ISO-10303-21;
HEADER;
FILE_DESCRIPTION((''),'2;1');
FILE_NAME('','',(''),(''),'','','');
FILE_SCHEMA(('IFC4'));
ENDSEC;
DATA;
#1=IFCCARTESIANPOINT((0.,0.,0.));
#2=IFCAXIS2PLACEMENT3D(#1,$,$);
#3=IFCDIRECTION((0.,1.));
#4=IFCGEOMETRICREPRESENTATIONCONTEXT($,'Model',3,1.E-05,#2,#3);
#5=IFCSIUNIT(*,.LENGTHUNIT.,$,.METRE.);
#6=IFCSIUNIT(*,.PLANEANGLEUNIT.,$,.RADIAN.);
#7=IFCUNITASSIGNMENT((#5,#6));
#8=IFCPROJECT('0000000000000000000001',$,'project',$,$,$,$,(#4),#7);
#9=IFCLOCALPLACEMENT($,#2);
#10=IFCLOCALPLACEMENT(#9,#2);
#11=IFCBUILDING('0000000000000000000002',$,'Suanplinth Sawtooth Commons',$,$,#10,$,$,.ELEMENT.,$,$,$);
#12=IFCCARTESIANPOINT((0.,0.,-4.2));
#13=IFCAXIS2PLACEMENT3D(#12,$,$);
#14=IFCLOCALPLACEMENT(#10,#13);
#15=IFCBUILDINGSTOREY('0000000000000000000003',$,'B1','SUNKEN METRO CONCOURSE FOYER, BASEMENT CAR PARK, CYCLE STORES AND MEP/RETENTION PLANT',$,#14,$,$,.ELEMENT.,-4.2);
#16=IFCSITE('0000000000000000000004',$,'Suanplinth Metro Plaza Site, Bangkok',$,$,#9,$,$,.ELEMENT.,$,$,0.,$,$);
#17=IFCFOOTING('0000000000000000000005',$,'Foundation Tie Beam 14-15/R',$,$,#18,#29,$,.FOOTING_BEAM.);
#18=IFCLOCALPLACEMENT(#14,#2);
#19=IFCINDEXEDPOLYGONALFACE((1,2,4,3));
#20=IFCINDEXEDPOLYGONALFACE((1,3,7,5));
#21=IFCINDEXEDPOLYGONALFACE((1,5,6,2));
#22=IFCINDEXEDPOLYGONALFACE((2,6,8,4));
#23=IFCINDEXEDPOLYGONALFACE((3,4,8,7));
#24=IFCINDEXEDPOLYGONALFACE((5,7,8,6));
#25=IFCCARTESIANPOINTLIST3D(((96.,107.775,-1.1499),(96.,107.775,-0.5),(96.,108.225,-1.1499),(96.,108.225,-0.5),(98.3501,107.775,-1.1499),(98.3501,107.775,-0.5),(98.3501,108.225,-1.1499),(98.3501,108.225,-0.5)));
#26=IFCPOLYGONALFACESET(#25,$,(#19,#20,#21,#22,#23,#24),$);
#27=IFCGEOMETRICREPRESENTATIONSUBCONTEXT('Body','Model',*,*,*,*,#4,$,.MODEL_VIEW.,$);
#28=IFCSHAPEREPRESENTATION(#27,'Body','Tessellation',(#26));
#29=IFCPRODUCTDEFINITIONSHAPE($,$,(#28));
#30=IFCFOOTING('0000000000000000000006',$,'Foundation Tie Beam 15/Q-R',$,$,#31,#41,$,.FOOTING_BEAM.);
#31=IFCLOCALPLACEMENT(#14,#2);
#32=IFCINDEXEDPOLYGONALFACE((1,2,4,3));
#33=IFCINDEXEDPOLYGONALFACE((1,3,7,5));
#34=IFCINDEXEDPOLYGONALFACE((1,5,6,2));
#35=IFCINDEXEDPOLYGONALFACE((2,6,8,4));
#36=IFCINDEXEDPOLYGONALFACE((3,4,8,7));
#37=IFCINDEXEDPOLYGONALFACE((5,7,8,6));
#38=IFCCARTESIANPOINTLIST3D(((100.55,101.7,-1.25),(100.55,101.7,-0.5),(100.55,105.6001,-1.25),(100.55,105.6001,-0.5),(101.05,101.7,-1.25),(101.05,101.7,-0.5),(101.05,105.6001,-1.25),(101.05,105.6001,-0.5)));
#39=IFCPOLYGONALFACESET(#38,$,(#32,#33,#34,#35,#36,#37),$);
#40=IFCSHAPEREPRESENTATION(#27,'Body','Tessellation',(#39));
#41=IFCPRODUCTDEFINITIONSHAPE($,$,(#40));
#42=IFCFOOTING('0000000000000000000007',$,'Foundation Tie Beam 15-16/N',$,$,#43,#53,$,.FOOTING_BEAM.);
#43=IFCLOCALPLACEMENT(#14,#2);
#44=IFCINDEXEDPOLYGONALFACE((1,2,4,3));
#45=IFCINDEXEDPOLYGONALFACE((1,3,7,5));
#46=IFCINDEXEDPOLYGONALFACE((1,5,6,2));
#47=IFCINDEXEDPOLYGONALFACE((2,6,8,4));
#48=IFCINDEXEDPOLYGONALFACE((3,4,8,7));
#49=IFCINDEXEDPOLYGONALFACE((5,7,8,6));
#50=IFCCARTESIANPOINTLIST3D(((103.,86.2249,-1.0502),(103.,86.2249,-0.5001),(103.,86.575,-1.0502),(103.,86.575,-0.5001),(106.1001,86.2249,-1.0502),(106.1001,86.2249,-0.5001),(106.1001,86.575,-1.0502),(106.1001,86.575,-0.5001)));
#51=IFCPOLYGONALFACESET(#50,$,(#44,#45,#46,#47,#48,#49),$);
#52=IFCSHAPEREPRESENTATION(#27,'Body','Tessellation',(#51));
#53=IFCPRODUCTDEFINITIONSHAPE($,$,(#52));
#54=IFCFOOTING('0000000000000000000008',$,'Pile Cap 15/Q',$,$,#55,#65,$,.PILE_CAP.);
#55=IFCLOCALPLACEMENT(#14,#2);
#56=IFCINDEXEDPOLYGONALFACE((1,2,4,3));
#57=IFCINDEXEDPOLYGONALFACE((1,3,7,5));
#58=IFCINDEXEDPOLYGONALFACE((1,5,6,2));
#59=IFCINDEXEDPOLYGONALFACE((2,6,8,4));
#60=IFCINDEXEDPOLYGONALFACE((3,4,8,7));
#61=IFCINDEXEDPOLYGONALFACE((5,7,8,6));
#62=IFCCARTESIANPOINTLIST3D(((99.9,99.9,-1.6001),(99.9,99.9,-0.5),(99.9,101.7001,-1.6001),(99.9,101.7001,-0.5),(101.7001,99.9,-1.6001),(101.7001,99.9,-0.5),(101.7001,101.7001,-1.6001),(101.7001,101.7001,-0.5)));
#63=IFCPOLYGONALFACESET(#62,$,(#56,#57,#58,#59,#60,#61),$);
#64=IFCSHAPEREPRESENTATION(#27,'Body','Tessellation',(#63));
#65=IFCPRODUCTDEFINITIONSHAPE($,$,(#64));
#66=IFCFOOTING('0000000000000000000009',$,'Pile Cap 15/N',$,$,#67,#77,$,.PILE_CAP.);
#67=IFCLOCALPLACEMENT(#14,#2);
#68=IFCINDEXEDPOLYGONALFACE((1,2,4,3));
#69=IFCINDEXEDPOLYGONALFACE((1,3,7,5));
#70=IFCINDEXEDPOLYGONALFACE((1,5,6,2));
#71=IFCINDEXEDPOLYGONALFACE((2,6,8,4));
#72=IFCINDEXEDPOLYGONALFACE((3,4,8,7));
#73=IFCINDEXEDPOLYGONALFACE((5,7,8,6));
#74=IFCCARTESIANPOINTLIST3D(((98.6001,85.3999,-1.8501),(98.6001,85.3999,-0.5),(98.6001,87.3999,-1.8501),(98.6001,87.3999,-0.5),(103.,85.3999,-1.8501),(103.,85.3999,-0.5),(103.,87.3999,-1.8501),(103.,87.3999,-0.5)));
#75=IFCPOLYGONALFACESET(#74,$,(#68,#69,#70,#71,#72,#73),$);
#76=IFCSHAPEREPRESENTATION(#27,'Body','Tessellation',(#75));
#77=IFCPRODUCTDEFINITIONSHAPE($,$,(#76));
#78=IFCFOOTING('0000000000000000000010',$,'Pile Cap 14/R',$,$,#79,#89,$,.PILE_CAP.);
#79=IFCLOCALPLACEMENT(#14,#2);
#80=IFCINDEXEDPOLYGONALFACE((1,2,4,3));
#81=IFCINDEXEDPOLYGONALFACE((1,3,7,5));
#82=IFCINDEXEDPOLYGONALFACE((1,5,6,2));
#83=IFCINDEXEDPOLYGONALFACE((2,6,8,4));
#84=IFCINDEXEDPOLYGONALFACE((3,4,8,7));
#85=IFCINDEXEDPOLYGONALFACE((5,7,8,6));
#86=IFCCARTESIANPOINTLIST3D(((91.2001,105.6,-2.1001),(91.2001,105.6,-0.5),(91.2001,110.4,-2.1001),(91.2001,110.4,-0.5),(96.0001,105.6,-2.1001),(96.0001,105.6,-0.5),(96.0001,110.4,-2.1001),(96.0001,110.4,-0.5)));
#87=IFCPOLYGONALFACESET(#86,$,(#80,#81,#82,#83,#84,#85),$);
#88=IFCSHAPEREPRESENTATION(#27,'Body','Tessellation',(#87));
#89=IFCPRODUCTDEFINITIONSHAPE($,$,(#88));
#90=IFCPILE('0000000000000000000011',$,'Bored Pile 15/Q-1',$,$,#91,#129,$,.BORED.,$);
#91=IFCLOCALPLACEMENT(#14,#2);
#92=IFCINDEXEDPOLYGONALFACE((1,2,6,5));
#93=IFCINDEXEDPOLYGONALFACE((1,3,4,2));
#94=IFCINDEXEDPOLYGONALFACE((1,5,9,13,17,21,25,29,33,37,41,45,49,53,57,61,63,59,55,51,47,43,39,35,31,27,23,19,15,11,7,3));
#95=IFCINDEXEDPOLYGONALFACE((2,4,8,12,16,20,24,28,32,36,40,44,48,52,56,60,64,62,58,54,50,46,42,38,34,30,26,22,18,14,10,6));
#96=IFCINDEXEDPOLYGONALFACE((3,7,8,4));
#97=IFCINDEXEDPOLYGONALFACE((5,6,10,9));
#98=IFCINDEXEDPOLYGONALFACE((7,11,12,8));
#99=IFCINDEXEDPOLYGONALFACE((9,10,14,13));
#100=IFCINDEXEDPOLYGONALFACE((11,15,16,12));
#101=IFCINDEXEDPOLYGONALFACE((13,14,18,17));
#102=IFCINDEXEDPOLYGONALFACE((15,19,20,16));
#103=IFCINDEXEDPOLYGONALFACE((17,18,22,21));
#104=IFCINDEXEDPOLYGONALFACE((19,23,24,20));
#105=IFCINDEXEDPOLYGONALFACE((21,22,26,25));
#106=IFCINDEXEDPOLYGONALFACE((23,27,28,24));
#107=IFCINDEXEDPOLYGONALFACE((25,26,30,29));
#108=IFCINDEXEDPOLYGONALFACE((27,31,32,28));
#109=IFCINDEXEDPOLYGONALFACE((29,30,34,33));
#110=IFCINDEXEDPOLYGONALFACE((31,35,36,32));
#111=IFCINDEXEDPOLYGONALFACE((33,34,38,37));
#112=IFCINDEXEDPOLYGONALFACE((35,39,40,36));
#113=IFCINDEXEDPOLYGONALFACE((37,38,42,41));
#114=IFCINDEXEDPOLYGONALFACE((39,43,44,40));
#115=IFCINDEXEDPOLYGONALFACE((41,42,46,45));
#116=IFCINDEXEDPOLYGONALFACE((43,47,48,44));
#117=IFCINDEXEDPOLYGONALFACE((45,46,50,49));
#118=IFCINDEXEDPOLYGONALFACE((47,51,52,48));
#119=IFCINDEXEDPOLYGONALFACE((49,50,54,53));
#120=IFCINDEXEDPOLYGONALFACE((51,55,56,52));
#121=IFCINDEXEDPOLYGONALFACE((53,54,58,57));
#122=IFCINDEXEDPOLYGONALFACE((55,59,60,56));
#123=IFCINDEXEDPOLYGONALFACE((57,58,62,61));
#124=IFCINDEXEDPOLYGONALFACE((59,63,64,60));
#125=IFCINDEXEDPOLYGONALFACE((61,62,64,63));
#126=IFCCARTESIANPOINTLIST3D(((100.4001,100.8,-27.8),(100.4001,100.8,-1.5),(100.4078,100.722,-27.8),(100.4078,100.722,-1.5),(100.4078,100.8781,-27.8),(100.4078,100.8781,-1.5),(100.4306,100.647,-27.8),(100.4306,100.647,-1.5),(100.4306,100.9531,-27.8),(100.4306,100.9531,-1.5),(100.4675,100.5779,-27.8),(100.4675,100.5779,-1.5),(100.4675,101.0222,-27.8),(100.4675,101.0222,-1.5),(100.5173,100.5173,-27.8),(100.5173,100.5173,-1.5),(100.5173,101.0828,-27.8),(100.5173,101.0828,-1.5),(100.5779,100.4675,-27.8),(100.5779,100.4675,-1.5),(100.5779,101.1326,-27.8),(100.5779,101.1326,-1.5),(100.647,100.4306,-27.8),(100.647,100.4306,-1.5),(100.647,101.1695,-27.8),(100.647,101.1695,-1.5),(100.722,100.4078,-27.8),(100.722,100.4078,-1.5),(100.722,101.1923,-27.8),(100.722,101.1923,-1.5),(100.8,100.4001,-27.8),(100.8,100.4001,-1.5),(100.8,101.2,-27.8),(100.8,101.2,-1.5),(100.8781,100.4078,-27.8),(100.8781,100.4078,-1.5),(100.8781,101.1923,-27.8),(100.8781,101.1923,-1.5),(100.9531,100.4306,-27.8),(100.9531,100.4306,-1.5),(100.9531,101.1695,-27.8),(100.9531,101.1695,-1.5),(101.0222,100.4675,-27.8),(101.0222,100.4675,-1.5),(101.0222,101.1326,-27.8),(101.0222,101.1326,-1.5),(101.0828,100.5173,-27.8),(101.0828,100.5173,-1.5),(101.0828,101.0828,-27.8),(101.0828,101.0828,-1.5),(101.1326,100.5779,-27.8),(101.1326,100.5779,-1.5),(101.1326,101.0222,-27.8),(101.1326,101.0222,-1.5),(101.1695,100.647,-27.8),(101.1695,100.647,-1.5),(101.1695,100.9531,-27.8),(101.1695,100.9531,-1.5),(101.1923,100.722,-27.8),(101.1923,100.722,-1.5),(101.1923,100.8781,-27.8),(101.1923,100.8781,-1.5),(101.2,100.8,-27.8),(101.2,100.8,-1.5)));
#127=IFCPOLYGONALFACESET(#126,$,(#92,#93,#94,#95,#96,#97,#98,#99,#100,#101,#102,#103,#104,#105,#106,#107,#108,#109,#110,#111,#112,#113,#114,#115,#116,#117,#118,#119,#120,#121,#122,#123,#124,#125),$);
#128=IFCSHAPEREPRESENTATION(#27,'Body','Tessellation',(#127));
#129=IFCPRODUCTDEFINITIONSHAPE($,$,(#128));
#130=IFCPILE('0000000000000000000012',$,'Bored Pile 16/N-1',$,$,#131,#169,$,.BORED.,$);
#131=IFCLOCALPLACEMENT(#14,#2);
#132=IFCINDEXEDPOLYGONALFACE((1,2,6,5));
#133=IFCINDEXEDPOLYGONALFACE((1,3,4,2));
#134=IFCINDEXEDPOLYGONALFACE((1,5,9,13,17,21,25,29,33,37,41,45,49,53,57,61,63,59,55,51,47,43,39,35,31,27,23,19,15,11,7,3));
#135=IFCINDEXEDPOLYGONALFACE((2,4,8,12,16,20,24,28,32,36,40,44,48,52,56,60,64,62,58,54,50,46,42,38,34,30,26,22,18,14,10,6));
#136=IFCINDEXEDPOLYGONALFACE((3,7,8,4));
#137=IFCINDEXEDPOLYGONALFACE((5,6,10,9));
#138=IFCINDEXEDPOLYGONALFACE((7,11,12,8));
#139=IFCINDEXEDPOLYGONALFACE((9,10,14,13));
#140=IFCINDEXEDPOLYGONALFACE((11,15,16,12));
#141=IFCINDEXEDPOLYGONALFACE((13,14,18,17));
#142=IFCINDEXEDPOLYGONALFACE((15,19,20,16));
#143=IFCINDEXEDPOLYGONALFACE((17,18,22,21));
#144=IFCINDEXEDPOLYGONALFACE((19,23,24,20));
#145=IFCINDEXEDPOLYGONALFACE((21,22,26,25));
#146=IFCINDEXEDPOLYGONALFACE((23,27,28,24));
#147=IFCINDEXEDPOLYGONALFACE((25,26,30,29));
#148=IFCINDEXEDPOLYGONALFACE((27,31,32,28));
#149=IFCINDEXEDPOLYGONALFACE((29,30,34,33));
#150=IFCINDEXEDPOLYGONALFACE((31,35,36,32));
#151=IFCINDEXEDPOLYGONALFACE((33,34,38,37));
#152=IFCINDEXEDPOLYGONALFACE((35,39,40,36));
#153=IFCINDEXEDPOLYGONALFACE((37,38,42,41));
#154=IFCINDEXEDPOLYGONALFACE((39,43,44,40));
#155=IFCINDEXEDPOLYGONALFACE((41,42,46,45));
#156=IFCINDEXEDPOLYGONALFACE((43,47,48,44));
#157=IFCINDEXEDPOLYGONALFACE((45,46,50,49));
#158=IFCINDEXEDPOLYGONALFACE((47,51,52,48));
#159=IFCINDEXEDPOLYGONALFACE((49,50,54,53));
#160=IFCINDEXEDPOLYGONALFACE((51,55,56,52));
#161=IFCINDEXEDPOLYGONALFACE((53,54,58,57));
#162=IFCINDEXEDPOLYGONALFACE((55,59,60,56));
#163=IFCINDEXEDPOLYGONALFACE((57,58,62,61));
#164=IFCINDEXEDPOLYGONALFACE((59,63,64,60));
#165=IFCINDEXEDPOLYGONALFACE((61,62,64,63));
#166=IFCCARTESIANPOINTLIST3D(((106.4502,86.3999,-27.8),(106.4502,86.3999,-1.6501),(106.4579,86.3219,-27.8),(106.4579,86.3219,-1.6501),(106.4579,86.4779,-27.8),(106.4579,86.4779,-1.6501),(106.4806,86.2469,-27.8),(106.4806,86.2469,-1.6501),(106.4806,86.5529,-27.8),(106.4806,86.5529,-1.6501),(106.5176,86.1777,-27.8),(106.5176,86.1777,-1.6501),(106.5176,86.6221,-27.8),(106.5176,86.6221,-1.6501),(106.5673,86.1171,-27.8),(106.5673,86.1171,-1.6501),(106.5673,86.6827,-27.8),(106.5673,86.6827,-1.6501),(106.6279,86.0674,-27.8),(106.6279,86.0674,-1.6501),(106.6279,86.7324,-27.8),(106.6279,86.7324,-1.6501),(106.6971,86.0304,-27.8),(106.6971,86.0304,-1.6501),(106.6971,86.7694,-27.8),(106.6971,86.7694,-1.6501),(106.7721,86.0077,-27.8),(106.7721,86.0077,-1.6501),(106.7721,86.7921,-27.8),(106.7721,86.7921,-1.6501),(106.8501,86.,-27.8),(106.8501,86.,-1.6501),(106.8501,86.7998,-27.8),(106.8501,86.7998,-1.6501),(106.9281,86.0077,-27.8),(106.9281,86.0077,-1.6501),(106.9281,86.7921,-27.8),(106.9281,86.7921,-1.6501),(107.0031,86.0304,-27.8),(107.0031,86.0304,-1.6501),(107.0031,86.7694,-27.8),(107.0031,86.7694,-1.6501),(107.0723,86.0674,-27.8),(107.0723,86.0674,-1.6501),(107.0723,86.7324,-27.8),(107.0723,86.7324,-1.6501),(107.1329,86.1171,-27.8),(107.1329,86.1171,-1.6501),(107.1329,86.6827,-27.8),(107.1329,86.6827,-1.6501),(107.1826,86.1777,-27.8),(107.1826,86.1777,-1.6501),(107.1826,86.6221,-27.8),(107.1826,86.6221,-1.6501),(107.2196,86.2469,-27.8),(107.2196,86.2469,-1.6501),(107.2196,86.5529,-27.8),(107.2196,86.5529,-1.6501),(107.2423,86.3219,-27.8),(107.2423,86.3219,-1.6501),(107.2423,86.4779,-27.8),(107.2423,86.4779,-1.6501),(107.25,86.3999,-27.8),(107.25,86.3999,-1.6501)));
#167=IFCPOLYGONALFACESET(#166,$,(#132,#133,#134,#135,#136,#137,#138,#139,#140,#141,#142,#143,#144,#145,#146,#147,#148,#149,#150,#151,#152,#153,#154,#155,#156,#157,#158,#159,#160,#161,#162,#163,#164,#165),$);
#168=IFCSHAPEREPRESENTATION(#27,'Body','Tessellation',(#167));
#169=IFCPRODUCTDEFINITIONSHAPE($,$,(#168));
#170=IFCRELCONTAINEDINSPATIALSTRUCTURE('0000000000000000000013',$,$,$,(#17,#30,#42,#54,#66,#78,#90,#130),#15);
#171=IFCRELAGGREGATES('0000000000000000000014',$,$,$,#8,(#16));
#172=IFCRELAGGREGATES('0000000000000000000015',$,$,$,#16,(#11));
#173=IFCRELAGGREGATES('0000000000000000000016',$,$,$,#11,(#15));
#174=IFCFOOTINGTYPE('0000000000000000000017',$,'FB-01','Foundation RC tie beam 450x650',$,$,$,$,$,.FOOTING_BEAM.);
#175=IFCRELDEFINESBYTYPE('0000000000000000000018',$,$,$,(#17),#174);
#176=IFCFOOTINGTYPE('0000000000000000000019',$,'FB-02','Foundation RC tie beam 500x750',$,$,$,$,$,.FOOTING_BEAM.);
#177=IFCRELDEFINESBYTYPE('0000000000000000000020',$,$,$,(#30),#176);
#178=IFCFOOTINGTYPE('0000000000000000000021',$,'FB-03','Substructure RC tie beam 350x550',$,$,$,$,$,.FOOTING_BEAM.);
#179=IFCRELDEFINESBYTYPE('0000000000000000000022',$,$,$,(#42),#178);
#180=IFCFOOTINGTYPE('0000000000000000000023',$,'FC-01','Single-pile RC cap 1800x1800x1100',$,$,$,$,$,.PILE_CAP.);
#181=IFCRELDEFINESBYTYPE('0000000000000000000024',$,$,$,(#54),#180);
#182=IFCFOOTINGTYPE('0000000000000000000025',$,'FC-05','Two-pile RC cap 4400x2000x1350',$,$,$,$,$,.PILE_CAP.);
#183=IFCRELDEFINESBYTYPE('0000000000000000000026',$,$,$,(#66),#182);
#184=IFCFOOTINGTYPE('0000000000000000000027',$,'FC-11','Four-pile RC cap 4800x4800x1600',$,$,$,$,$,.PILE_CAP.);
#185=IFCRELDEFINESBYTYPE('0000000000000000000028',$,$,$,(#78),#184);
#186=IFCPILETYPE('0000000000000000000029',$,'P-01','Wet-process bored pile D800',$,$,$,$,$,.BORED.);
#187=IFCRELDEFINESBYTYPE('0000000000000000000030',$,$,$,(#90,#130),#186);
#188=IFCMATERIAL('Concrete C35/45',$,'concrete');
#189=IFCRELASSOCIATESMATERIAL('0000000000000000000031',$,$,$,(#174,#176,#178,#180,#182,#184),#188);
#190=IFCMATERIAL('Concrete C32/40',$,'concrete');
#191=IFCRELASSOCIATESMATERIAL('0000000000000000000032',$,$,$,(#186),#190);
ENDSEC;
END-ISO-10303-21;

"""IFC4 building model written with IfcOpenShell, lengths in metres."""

from ifc_helpers import new_model, si_unit, direction, frame, origin, origin_2d, place, context, subcontext, project, spatial, rectangle, circle, extrude, material, material_profile, profile_set, type_object, element, save


model = new_model("IFC4")

# Units and contexts
model_context = context("Model", 3, precision=1e-05, world=origin(), true_north=direction((0.0, 1.0)))
body_context = subcontext(model_context, "Body", "Model", "MODEL_VIEW")
ifc_project = project(units=[si_unit("LENGTHUNIT", "METRE"), si_unit("PLANEANGLEUNIT", "RADIAN")], contexts=[model_context])

# Site, building, storey
site_placement = place(None, origin())
site = spatial("IfcSite", under=ifc_project, at=site_placement, Name="Suanplinth Metro Plaza Site, Bangkok", CompositionType="ELEMENT", RefElevation=0.0)
building_placement = place(site_placement, origin())
building = spatial("IfcBuilding", under=site, at=building_placement, Name="Suanplinth Sawtooth Commons", CompositionType="ELEMENT")
storey_placement = place(building_placement, frame((0.0, 0.0, -4.2)))
storey = spatial("IfcBuildingStorey", under=building, at=storey_placement, Name="B1", Description="SUNKEN METRO CONCOURSE FOYER, BASEMENT CAR PARK, CYCLE STORES AND MEP/RETENTION PLANT", CompositionType="ELEMENT", Elevation=-4.2)

# Footings
ifc_material_1 = material(Name="Concrete C35/45", Category="concrete")
ifc_material_profile_1 = material_profile(ifc_material_1, rectangle(XDim=0.45, YDim=0.6499, at=origin_2d()), Name="PC-GDR 450x650")
ifc_profile_set_1 = profile_set([ifc_material_profile_1], Name="Concrete C35/45")
footing_type_1 = type_object("IfcFootingType", Name="FB-01", Description="Foundation RC tie beam 450x650", PredefinedType="FOOTING_BEAM", material=ifc_profile_set_1)
footing_1_placement = place(storey_placement, frame((96.0, 108.0, -0.825), z_axis=(1.0, 0.0, 0.0), x_axis=(0.0, 1.0, 0.0)))
element("IfcFooting", 1, at=footing_1_placement, inside=storey, type_object=footing_type_1, Name="Foundation Tie Beam 14-15/R", PredefinedType="FOOTING_BEAM", context=body_context, shape_type="SweptSolid", body=[
    extrude(rectangle(XDim=0.45, YDim=0.6499, at=origin_2d()), origin(), (0.0, 0.0, 1.0), 2.3501),
])
ifc_material_profile_2 = material_profile(ifc_material_1, rectangle(XDim=0.5, YDim=0.75, at=origin_2d()), Name="RC-GDR 500x750")
ifc_profile_set_2 = profile_set([ifc_material_profile_2], Name="Concrete C35/45")
footing_type_2 = type_object("IfcFootingType", Name="FB-02", Description="Foundation RC tie beam 500x750", PredefinedType="FOOTING_BEAM", material=ifc_profile_set_2)
footing_2_placement = place(storey_placement, frame((100.8, 101.7, -0.875), z_axis=(0.0, 1.0, 0.0), x_axis=(-1.0, 0.0, 0.0)))
element("IfcFooting", 2, at=footing_2_placement, inside=storey, type_object=footing_type_2, Name="Foundation Tie Beam 15/Q-R", PredefinedType="FOOTING_BEAM", context=body_context, shape_type="SweptSolid", body=[
    extrude(rectangle(XDim=0.5, YDim=0.75, at=origin_2d()), origin(), (0.0, 0.0, 1.0), 3.9001),
])
ifc_material_profile_3 = material_profile(ifc_material_1, rectangle(XDim=0.3501, YDim=0.55, at=origin_2d()), Name="PC-BM 350x550")
ifc_profile_set_3 = profile_set([ifc_material_profile_3], Name="Concrete C35/45")
footing_type_3 = type_object("IfcFootingType", Name="FB-03", Description="Substructure RC tie beam 350x550", PredefinedType="FOOTING_BEAM", material=ifc_profile_set_3)
footing_3_placement = place(storey_placement, frame((103.0, 86.3999, -0.7751), z_axis=(1.0, 0.0, 0.0), x_axis=(0.0, 1.0, 0.0)))
element("IfcFooting", 3, at=footing_3_placement, inside=storey, type_object=footing_type_3, Name="Foundation Tie Beam 15-16/N", PredefinedType="FOOTING_BEAM", context=body_context, shape_type="SweptSolid", body=[
    extrude(rectangle(XDim=0.3501, YDim=0.55, at=origin_2d()), origin(), (0.0, 0.0, 1.0), 3.1001),
])
footing_type_4 = type_object("IfcFootingType", Name="FC-01", Description="Single-pile RC cap 1800x1800x1100", PredefinedType="PILE_CAP", material=ifc_material_1)
footing_4_placement = place(storey_placement, frame((100.8, 100.8, -1.6001), z_axis=(0.0, 0.0, 1.0), x_axis=(1.0, 0.0, 0.0)))
element("IfcFooting", 4, at=footing_4_placement, inside=storey, type_object=footing_type_4, Name="Pile Cap 15/Q", PredefinedType="PILE_CAP", context=body_context, shape_type="SweptSolid", body=[
    extrude(rectangle(XDim=1.8, YDim=1.8, at=origin_2d()), origin(), (0.0, 0.0, 1.0), 1.1001),
])
footing_type_5 = type_object("IfcFootingType", Name="FC-05", Description="Two-pile RC cap 4400x2000x1350", PredefinedType="PILE_CAP", material=ifc_material_1)
footing_5_placement = place(storey_placement, frame((100.8, 86.3999, -1.8501), z_axis=(0.0, 0.0, 1.0), x_axis=(1.0, 0.0, 0.0)))
element("IfcFooting", 5, at=footing_5_placement, inside=storey, type_object=footing_type_5, Name="Pile Cap 15/N", PredefinedType="PILE_CAP", context=body_context, shape_type="SweptSolid", body=[
    extrude(rectangle(XDim=4.3999, YDim=2.0, at=origin_2d()), origin(), (0.0, 0.0, 1.0), 1.3501),
])
footing_type_6 = type_object("IfcFootingType", Name="FC-11", Description="Four-pile RC cap 4800x4800x1600", PredefinedType="PILE_CAP", material=ifc_material_1)
footing_6_placement = place(storey_placement, frame((93.6001, 108.0, -2.1001), z_axis=(0.0, 0.0, 1.0), x_axis=(1.0, 0.0, 0.0)))
element("IfcFooting", 6, at=footing_6_placement, inside=storey, type_object=footing_type_6, Name="Pile Cap 14/R", PredefinedType="PILE_CAP", context=body_context, shape_type="SweptSolid", body=[
    extrude(rectangle(XDim=4.8, YDim=4.8, at=origin_2d()), origin(), (0.0, 0.0, 1.0), 1.6001),
])

# Piles
ifc_material_2 = material(Name="Concrete C32/40", Category="concrete")
ifc_material_profile_4 = material_profile(ifc_material_2, circle(Radius=0.3999, at=origin_2d()), Name="PILE D800")
ifc_profile_set_4 = profile_set([ifc_material_profile_4], Name="Concrete C32/40")
pile_type_1 = type_object("IfcPileType", Name="P-01", Description="Wet-process bored pile D800", PredefinedType="BORED", material=ifc_profile_set_4)
pile_1_placement = place(storey_placement, frame((100.8, 100.8, -1.5), z_axis=(0.0, 0.0, -1.0), x_axis=(1.0, 0.0, 0.0)))
element("IfcPile", 7, at=pile_1_placement, inside=storey, type_object=pile_type_1, Name="Bored Pile 15/Q-1", PredefinedType="BORED", context=body_context, shape_type="SweptSolid", body=[
    extrude(circle(Radius=0.3999, at=origin_2d()), origin(), (0.0, 0.0, 1.0), 26.3),
])
pile_2_placement = place(storey_placement, frame((106.8501, 86.3999, -1.6501), z_axis=(0.0, 0.0, -1.0), x_axis=(1.0, 0.0, 0.0)))
element("IfcPile", 8, at=pile_2_placement, inside=storey, type_object=pile_type_1, Name="Bored Pile 16/N-1", PredefinedType="BORED", context=body_context, shape_type="SweptSolid", body=[
    extrude(circle(Radius=0.3999, at=origin_2d()), origin(), (0.0, 0.0, 1.0), 26.1499),
])

save(model, "model.ifc")
